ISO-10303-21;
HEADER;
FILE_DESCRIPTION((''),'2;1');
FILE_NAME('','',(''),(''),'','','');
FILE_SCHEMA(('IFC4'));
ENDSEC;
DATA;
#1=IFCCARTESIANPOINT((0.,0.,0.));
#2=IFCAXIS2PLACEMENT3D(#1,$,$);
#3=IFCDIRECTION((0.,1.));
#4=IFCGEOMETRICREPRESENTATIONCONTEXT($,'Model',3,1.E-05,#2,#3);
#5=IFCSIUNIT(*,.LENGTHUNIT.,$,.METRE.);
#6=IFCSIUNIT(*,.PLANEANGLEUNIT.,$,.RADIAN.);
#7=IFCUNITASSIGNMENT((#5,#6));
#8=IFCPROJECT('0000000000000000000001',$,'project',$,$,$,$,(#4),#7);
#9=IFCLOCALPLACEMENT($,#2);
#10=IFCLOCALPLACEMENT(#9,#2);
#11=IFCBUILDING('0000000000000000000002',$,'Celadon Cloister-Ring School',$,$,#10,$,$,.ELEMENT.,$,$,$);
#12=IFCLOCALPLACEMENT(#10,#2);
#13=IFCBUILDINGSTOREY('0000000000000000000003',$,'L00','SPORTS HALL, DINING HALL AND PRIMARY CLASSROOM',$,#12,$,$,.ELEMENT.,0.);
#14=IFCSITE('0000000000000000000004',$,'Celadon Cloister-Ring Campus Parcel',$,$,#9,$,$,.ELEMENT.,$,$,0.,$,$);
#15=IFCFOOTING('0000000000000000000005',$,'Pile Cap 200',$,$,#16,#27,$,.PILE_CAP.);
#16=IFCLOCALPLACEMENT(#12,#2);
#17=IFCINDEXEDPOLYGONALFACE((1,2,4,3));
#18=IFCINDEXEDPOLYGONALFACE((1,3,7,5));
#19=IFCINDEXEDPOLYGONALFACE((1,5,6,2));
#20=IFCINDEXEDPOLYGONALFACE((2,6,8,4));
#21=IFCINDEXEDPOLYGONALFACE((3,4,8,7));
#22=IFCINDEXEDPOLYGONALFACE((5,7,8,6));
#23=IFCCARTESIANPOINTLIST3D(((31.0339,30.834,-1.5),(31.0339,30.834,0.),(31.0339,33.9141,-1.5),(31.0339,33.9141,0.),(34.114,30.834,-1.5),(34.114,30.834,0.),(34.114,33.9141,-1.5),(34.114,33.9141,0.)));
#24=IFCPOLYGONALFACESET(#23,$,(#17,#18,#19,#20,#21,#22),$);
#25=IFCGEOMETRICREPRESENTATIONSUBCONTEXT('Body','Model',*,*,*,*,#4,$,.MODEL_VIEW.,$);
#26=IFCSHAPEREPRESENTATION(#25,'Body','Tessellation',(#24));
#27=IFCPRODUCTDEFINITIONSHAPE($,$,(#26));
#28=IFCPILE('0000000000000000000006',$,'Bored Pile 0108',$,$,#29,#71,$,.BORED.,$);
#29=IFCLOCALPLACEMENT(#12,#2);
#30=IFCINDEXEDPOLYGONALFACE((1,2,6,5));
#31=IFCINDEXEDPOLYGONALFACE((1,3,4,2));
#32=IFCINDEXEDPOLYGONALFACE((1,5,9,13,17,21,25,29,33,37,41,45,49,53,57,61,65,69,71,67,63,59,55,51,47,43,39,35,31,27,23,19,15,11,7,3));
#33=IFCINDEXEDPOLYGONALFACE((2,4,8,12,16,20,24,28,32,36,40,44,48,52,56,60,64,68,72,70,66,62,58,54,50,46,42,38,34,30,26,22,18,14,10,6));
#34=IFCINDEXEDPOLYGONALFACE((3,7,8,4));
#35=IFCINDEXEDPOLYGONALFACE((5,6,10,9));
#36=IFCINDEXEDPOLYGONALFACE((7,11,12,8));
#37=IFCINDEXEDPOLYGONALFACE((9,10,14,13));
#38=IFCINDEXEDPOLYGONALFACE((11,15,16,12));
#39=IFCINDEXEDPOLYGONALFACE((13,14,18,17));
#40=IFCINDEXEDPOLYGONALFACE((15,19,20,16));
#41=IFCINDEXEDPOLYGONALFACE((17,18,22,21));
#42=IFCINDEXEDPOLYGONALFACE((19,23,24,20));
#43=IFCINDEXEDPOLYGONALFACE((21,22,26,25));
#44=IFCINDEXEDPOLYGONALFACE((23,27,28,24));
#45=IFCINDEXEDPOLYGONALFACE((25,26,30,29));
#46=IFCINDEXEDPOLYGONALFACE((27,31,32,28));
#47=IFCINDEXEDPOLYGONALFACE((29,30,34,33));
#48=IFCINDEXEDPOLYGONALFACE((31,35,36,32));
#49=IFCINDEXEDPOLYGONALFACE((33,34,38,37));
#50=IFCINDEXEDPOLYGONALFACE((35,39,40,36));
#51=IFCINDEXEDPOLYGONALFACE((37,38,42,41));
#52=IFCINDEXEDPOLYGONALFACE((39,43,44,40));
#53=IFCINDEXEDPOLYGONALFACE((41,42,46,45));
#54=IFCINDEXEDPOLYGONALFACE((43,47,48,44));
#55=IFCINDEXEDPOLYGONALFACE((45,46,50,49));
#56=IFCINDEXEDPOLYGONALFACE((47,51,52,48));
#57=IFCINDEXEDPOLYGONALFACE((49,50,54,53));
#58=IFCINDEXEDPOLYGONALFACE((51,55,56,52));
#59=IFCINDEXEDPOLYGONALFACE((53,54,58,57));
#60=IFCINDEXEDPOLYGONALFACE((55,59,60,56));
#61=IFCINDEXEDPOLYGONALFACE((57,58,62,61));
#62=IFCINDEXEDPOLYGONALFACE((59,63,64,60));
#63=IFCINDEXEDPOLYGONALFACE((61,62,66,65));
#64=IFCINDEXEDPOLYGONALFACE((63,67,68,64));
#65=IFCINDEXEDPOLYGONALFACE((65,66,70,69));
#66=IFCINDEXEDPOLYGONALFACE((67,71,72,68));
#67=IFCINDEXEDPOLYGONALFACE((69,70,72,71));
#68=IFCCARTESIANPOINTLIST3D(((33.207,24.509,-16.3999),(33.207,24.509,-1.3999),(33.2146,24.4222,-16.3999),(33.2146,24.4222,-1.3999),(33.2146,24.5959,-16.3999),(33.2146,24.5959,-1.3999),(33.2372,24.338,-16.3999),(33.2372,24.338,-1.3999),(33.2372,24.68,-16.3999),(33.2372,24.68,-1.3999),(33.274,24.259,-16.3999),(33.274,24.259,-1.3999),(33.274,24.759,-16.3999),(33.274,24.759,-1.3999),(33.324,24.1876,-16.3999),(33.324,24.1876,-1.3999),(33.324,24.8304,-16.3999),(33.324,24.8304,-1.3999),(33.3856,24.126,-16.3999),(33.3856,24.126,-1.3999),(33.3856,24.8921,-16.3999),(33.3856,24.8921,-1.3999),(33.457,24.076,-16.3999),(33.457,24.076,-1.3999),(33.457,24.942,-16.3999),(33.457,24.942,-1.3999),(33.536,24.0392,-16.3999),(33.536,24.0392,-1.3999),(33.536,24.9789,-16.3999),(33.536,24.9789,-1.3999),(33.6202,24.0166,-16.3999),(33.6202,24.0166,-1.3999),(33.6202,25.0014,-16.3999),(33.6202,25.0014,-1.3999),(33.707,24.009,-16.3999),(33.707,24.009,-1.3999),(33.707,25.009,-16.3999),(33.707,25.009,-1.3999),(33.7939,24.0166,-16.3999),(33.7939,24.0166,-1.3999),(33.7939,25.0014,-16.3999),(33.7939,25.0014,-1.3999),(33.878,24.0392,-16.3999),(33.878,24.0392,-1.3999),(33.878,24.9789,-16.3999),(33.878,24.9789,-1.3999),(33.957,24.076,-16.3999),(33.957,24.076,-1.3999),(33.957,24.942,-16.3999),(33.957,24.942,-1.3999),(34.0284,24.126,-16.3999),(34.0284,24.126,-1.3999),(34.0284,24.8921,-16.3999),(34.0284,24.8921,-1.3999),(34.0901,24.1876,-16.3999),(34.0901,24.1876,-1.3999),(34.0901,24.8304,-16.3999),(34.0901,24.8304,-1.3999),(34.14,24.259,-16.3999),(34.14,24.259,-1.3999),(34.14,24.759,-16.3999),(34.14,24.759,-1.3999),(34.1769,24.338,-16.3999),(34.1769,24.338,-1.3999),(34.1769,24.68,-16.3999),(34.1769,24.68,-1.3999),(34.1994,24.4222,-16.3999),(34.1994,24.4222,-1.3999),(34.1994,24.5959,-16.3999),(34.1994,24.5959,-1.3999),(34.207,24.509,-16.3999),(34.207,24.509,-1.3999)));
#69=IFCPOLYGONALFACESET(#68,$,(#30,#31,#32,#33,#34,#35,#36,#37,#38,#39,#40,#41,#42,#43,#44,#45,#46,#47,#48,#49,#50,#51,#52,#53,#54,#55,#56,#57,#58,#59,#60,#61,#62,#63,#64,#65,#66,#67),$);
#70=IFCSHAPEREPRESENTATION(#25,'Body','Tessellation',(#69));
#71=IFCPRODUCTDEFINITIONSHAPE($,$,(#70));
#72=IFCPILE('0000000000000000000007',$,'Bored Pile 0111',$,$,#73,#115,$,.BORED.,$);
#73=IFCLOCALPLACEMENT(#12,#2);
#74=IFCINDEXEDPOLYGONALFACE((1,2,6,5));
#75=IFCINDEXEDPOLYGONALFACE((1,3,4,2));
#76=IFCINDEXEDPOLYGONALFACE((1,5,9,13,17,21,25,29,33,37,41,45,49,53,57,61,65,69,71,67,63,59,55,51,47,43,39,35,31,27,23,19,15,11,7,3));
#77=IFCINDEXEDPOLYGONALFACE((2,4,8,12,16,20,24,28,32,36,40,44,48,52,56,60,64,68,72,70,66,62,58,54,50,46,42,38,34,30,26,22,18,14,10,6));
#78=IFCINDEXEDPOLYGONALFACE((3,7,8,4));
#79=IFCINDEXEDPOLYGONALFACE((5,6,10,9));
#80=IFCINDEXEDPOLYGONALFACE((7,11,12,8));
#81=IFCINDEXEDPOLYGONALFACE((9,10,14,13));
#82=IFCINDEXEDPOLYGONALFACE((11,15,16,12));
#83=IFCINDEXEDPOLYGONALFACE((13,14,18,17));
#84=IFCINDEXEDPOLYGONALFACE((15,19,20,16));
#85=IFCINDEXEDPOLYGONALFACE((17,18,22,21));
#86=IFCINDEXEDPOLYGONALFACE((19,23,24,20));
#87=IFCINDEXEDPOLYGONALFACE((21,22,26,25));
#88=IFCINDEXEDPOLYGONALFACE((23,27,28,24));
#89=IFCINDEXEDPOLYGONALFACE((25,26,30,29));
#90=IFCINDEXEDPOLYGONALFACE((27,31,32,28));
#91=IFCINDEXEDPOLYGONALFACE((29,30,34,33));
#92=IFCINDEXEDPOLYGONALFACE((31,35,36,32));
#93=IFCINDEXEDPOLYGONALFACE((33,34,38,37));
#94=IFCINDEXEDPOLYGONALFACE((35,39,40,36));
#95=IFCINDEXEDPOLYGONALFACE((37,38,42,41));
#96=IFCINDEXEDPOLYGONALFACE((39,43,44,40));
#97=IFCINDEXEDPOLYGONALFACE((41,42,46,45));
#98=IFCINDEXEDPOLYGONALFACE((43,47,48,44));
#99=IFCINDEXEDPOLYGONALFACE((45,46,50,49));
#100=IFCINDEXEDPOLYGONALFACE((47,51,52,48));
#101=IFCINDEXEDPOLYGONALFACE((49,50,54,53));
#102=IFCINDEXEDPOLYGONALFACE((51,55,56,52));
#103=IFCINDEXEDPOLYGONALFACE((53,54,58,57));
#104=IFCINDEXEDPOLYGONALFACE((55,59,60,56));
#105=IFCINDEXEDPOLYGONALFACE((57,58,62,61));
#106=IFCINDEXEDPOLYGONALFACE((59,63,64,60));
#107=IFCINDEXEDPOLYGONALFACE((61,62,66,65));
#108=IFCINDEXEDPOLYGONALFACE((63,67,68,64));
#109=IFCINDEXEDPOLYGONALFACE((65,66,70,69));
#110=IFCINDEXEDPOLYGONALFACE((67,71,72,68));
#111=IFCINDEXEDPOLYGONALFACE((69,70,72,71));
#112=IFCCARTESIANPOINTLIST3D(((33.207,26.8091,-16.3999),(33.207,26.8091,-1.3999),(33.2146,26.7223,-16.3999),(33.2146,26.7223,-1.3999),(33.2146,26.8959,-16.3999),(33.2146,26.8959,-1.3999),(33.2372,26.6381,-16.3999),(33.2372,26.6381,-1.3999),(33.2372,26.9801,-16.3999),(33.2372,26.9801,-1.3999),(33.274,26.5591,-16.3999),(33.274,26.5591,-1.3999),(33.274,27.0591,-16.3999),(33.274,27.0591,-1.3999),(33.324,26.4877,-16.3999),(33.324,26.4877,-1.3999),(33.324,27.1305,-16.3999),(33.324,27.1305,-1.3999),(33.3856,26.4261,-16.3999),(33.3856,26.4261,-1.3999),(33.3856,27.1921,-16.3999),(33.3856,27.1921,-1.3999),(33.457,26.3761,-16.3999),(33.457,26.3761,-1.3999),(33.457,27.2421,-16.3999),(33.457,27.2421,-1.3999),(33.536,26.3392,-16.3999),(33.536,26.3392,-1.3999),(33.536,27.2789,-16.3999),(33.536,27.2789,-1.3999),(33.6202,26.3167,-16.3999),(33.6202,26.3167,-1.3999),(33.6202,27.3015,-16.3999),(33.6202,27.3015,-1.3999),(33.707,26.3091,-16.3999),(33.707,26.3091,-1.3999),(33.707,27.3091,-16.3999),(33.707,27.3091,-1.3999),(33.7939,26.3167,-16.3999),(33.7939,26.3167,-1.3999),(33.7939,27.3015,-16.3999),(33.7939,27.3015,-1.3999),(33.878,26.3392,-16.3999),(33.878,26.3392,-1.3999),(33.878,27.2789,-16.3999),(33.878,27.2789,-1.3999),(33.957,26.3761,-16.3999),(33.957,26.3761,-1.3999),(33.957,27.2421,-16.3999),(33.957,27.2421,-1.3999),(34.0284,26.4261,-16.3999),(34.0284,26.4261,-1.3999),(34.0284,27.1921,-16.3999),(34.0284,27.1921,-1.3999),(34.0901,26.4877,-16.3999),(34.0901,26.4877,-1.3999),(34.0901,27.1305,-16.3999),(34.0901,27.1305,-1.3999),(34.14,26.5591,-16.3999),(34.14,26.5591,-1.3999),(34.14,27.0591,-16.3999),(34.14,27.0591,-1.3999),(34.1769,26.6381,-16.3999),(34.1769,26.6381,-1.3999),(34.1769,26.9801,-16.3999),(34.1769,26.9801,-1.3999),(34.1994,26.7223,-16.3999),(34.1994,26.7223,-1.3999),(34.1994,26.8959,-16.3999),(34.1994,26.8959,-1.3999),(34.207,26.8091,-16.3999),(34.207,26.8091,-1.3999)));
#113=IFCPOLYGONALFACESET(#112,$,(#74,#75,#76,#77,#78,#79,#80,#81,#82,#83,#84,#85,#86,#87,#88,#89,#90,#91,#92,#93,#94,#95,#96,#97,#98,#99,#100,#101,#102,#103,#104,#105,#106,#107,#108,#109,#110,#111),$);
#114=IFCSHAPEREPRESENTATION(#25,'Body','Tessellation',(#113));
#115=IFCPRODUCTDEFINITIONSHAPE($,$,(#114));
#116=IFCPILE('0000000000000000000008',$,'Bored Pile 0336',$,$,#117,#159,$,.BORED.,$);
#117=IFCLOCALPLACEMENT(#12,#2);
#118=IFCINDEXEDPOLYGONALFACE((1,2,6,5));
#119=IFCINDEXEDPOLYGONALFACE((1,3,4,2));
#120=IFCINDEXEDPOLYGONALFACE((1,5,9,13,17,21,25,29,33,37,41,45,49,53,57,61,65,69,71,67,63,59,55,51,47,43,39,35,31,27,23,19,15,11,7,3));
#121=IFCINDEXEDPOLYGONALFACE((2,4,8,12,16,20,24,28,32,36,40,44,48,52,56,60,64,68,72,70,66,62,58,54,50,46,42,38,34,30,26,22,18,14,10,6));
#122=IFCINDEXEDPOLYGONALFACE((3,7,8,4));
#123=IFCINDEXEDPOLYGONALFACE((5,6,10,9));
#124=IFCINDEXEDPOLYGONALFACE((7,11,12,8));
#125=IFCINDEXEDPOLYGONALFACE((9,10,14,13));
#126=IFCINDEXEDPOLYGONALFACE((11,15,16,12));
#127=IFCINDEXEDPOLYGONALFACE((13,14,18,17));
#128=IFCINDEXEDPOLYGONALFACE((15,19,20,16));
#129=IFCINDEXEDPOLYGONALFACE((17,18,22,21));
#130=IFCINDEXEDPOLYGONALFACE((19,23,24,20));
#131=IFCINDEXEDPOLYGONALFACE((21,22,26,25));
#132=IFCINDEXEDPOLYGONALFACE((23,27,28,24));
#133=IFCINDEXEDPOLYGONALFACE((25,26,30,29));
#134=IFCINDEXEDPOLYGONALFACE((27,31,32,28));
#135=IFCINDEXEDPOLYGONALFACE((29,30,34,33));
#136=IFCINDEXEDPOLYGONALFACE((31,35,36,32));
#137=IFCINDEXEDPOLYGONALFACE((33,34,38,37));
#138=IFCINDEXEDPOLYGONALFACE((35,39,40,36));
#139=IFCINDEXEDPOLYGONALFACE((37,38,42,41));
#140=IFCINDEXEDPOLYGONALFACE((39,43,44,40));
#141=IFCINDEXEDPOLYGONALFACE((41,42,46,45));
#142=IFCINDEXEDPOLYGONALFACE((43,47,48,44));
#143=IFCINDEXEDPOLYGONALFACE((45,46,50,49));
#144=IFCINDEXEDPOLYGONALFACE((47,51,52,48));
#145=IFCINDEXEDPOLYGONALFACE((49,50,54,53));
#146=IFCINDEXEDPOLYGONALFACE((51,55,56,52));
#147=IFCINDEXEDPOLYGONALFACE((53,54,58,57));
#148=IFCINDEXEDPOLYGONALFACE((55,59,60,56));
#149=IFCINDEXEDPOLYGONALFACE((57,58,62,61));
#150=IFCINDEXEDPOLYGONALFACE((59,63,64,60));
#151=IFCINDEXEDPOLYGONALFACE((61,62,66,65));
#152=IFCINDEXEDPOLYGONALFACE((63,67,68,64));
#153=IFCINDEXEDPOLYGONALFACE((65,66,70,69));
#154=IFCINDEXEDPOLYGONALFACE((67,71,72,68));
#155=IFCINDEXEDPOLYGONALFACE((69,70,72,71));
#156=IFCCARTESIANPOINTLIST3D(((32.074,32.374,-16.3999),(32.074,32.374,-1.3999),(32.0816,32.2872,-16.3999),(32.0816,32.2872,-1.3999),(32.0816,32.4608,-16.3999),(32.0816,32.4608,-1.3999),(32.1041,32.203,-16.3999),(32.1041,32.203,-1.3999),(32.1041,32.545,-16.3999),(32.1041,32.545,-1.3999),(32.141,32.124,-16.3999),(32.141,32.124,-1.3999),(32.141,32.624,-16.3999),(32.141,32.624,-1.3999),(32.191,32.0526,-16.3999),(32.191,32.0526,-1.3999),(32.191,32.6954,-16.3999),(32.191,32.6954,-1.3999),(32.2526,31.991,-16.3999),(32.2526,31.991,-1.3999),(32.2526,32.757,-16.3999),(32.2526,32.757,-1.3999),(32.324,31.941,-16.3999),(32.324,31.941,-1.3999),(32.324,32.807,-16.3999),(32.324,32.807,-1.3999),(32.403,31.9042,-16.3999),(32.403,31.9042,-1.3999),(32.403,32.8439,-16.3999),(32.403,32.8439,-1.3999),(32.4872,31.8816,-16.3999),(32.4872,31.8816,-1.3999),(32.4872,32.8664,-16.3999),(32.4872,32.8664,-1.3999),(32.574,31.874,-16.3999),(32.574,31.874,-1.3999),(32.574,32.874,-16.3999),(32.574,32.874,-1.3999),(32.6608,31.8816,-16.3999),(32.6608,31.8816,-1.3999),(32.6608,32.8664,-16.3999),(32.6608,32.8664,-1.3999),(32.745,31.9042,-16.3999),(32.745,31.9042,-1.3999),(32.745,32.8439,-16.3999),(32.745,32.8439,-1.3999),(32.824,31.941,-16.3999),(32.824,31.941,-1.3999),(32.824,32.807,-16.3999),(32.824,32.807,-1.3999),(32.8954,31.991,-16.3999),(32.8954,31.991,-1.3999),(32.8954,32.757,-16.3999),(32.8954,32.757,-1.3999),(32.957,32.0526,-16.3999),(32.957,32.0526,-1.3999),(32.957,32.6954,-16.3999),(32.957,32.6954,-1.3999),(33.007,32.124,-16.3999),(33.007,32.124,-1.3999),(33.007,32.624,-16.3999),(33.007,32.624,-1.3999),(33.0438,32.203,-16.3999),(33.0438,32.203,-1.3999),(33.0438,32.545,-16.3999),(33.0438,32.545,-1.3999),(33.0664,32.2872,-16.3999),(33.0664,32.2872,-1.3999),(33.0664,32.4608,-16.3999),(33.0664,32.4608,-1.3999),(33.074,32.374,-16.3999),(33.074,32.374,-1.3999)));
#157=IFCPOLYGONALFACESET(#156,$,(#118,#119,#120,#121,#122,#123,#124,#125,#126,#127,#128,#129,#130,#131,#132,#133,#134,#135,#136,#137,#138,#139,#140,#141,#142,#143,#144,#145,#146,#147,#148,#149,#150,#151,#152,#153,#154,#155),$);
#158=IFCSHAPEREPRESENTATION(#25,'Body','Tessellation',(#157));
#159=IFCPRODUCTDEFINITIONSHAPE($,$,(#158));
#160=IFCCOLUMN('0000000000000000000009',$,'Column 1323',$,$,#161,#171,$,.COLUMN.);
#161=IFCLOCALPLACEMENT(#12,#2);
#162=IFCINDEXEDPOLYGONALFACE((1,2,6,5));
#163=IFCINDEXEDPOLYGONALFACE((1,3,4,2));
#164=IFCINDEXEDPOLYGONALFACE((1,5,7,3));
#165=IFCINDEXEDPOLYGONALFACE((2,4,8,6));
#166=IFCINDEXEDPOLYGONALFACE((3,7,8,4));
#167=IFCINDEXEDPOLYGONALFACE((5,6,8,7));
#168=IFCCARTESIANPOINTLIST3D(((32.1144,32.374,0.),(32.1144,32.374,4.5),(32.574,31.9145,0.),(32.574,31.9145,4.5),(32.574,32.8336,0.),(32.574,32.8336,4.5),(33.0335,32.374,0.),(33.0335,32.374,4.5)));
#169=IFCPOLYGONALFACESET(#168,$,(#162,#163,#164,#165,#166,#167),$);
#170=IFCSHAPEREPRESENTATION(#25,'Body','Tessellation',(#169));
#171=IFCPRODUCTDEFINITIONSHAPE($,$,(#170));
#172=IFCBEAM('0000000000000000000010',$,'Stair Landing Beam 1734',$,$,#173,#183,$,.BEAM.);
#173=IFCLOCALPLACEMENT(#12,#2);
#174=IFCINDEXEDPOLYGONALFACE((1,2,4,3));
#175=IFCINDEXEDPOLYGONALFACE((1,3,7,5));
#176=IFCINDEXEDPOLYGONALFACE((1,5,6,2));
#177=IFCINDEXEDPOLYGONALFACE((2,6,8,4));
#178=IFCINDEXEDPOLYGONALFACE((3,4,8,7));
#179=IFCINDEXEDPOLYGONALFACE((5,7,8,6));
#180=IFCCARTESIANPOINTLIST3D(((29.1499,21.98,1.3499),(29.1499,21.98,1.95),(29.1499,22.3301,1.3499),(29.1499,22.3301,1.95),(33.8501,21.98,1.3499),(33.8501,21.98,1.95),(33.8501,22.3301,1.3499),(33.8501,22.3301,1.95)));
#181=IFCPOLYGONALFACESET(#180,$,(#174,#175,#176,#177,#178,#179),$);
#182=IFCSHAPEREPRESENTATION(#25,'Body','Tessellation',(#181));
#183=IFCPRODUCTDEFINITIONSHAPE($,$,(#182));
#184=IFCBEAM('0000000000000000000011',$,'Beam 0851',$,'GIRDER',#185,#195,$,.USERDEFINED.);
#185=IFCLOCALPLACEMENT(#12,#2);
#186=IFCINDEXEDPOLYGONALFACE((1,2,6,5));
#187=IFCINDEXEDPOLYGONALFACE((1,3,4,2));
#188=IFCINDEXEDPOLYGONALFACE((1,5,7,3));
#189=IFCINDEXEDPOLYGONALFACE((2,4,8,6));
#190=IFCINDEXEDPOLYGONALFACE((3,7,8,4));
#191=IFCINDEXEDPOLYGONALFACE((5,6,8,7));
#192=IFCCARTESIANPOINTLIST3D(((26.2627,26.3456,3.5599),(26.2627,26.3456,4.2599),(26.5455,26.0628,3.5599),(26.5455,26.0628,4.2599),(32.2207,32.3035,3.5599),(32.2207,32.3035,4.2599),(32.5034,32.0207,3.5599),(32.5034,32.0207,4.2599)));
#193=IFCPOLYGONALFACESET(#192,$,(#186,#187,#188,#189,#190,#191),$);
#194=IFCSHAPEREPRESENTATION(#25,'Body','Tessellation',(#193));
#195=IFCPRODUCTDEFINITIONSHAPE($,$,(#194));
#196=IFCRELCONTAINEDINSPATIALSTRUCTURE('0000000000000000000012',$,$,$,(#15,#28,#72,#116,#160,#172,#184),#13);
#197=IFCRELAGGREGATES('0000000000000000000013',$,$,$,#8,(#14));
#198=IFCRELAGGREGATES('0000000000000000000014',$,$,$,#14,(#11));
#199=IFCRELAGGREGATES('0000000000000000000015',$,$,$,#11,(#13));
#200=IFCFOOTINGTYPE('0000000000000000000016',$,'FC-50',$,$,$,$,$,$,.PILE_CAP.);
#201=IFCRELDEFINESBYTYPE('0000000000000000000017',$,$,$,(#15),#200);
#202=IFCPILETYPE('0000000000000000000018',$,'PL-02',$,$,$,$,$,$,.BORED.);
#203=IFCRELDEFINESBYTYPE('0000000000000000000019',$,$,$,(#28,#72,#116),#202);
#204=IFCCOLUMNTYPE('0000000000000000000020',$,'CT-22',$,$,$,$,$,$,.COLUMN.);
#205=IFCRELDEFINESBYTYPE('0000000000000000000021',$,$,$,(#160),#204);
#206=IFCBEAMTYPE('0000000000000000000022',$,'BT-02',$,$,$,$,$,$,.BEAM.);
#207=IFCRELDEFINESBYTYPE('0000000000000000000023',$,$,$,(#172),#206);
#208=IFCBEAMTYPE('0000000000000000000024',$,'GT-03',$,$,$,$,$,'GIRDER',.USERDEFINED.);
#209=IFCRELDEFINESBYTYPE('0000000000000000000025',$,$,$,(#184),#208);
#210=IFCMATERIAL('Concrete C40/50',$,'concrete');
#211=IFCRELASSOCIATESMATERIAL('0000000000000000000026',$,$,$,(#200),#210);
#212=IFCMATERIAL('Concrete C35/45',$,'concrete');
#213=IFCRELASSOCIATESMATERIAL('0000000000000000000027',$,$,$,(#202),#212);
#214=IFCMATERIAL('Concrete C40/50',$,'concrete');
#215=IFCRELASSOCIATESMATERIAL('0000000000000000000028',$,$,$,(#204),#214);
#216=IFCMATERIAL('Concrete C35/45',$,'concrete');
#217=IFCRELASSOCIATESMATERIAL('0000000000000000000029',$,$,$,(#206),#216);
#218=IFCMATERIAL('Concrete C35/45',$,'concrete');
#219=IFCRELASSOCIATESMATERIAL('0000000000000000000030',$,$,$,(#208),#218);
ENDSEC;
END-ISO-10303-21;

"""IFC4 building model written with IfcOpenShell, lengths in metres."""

from ifc_helpers import new_model, si_unit, direction, frame, origin, origin_2d, place, context, subcontext, project, spatial, rectangle, circle, extrude, material, material_profile, profile_set, type_object, element, save


model = new_model("IFC4")

# Units and contexts
model_context = context("Model", 3, precision=1e-05, world=origin(), true_north=direction((0.0, 1.0)))
body_context = subcontext(model_context, "Body", "Model", "MODEL_VIEW")
ifc_project = project(units=[si_unit("LENGTHUNIT", "METRE"), si_unit("PLANEANGLEUNIT", "RADIAN")], contexts=[model_context])

# Site, building, storey
site_placement = place(None, origin())
site = spatial("IfcSite", under=ifc_project, at=site_placement, Name="Celadon Cloister-Ring Campus Parcel", CompositionType="ELEMENT", RefElevation=0.0)
building_placement = place(site_placement, origin())
building = spatial("IfcBuilding", under=site, at=building_placement, Name="Celadon Cloister-Ring School", CompositionType="ELEMENT")
storey_placement = place(building_placement, origin())
storey = spatial("IfcBuildingStorey", under=building, at=storey_placement, Name="L00", Description="SPORTS HALL, DINING HALL AND PRIMARY CLASSROOM", CompositionType="ELEMENT", Elevation=0.0)

# Footing
ifc_material_1 = material(Name="Concrete C40/50", Category="concrete")
footing_type = type_object("IfcFootingType", Name="FC-50", PredefinedType="PILE_CAP", material=ifc_material_1)
footing_placement = place(storey_placement, frame((32.574, 32.374, -1.5), z_axis=(0.0, 0.0, 1.0), x_axis=(1.0, 0.0, 0.0)))
element("IfcFooting", 1, at=footing_placement, inside=storey, type_object=footing_type, Name="Pile Cap 200", PredefinedType="PILE_CAP", context=body_context, shape_type="SweptSolid", body=[
    extrude(rectangle(XDim=3.0801, YDim=3.0801, at=origin_2d()), origin(), (0.0, 0.0, 1.0), 1.5),
])

# Piles
ifc_material_2 = material(Name="Concrete C35/45", Category="concrete")
ifc_material_profile_1 = material_profile(ifc_material_2, circle(Radius=0.5, at=origin_2d()), Name="PILE1000")
ifc_profile_set_1 = profile_set([ifc_material_profile_1], Name="Concrete C35/45")
pile_type = type_object("IfcPileType", Name="PL-02", PredefinedType="BORED", material=ifc_profile_set_1)
for number, where, z_axis, x_axis, name in (
    (2, (33.707, 24.509, -1.3999), (0.0, 0.0, -1.0), (1.0, 0.0, 0.0), "Bored Pile 0108"),
    (3, (33.707, 26.8091, -1.3999), (0.0, 0.0, -1.0), (1.0, 0.0, 0.0), "Bored Pile 0111"),
    (4, (32.574, 32.374, -1.3999), (0.0, 0.0, -1.0), (1.0, 0.0, 0.0), "Bored Pile 0336"),
):
    element("IfcPile", number, at=place(storey_placement, frame(where, z_axis=z_axis, x_axis=x_axis)), inside=storey, type_object=pile_type, Name=name, PredefinedType="BORED", context=body_context, shape_type="SweptSolid", body=[
        extrude(circle(Radius=0.5, at=origin_2d()), origin(), (0.0, 0.0, 1.0), 15.0),
    ])

# Column
ifc_material_3 = material(Name="Concrete C40/50", Category="concrete")
ifc_material_profile_2 = material_profile(ifc_material_3, rectangle(XDim=0.6499, YDim=0.6499, at=origin_2d()), Name="RC650X650")
ifc_profile_set_2 = profile_set([ifc_material_profile_2], Name="Concrete C40/50")
column_type = type_object("IfcColumnType", Name="CT-22", PredefinedType="COLUMN", material=ifc_profile_set_2)
column_placement = place(storey_placement, frame((32.574, 32.374, 0.0), z_axis=(0.0, 0.0, 1.0), x_axis=(0.707107, 0.707107, 0.0)))
element("IfcColumn", 5, at=column_placement, inside=storey, type_object=column_type, Name="Column 1323", PredefinedType="COLUMN", context=body_context, shape_type="SweptSolid", body=[
    extrude(rectangle(XDim=0.6499, YDim=0.6499, at=origin_2d()), origin(), (0.0, 0.0, 1.0), 4.5),
])

# Beams
ifc_material_4 = material(Name="Concrete C35/45", Category="concrete")
ifc_material_profile_3 = material_profile(ifc_material_4, rectangle(XDim=0.3501, YDim=0.6001, at=origin_2d()), Name="RC350X600")
ifc_profile_set_3 = profile_set([ifc_material_profile_3], Name="Concrete C35/45")
beam_type_1 = type_object("IfcBeamType", Name="BT-02", PredefinedType="BEAM", material=ifc_profile_set_3)
beam_1_placement = place(storey_placement, frame((29.1499, 22.155, 1.6499), z_axis=(1.0, 0.0, 0.0), x_axis=(0.0, 1.0, 0.0)))
element("IfcBeam", 6, at=beam_1_placement, inside=storey, type_object=beam_type_1, Name="Stair Landing Beam 1734", PredefinedType="BEAM", context=body_context, shape_type="SweptSolid", body=[
    extrude(rectangle(XDim=0.3501, YDim=0.6001, at=origin_2d()), origin(), (0.0, 0.0, 1.0), 4.7002),
])
ifc_material_5 = material(Name="Concrete C35/45", Category="concrete")
ifc_material_profile_4 = material_profile(ifc_material_5, rectangle(XDim=0.3999, YDim=0.7, at=origin_2d()), Name="RC400X700")
ifc_profile_set_4 = profile_set([ifc_material_profile_4], Name="Concrete C35/45")
beam_type_2 = type_object("IfcBeamType", Name="GT-03", ElementType="GIRDER", PredefinedType="USERDEFINED", material=ifc_profile_set_4)
beam_2_placement = place(storey_placement, frame((32.3621, 32.1621, 3.9099), z_axis=(-0.707107, -0.707107, 0.0), x_axis=(0.707107, -0.707107, 0.0)))
element("IfcBeam", 7, at=beam_2_placement, inside=storey, type_object=beam_type_2, Name="Beam 0851", ObjectType="GIRDER", PredefinedType="USERDEFINED", context=body_context, shape_type="SweptSolid", body=[
    extrude(rectangle(XDim=0.3999, YDim=0.7, at=origin_2d()), origin(), (0.0, 0.0, 1.0), 8.4258),
])

save(model, "model.ifc")
